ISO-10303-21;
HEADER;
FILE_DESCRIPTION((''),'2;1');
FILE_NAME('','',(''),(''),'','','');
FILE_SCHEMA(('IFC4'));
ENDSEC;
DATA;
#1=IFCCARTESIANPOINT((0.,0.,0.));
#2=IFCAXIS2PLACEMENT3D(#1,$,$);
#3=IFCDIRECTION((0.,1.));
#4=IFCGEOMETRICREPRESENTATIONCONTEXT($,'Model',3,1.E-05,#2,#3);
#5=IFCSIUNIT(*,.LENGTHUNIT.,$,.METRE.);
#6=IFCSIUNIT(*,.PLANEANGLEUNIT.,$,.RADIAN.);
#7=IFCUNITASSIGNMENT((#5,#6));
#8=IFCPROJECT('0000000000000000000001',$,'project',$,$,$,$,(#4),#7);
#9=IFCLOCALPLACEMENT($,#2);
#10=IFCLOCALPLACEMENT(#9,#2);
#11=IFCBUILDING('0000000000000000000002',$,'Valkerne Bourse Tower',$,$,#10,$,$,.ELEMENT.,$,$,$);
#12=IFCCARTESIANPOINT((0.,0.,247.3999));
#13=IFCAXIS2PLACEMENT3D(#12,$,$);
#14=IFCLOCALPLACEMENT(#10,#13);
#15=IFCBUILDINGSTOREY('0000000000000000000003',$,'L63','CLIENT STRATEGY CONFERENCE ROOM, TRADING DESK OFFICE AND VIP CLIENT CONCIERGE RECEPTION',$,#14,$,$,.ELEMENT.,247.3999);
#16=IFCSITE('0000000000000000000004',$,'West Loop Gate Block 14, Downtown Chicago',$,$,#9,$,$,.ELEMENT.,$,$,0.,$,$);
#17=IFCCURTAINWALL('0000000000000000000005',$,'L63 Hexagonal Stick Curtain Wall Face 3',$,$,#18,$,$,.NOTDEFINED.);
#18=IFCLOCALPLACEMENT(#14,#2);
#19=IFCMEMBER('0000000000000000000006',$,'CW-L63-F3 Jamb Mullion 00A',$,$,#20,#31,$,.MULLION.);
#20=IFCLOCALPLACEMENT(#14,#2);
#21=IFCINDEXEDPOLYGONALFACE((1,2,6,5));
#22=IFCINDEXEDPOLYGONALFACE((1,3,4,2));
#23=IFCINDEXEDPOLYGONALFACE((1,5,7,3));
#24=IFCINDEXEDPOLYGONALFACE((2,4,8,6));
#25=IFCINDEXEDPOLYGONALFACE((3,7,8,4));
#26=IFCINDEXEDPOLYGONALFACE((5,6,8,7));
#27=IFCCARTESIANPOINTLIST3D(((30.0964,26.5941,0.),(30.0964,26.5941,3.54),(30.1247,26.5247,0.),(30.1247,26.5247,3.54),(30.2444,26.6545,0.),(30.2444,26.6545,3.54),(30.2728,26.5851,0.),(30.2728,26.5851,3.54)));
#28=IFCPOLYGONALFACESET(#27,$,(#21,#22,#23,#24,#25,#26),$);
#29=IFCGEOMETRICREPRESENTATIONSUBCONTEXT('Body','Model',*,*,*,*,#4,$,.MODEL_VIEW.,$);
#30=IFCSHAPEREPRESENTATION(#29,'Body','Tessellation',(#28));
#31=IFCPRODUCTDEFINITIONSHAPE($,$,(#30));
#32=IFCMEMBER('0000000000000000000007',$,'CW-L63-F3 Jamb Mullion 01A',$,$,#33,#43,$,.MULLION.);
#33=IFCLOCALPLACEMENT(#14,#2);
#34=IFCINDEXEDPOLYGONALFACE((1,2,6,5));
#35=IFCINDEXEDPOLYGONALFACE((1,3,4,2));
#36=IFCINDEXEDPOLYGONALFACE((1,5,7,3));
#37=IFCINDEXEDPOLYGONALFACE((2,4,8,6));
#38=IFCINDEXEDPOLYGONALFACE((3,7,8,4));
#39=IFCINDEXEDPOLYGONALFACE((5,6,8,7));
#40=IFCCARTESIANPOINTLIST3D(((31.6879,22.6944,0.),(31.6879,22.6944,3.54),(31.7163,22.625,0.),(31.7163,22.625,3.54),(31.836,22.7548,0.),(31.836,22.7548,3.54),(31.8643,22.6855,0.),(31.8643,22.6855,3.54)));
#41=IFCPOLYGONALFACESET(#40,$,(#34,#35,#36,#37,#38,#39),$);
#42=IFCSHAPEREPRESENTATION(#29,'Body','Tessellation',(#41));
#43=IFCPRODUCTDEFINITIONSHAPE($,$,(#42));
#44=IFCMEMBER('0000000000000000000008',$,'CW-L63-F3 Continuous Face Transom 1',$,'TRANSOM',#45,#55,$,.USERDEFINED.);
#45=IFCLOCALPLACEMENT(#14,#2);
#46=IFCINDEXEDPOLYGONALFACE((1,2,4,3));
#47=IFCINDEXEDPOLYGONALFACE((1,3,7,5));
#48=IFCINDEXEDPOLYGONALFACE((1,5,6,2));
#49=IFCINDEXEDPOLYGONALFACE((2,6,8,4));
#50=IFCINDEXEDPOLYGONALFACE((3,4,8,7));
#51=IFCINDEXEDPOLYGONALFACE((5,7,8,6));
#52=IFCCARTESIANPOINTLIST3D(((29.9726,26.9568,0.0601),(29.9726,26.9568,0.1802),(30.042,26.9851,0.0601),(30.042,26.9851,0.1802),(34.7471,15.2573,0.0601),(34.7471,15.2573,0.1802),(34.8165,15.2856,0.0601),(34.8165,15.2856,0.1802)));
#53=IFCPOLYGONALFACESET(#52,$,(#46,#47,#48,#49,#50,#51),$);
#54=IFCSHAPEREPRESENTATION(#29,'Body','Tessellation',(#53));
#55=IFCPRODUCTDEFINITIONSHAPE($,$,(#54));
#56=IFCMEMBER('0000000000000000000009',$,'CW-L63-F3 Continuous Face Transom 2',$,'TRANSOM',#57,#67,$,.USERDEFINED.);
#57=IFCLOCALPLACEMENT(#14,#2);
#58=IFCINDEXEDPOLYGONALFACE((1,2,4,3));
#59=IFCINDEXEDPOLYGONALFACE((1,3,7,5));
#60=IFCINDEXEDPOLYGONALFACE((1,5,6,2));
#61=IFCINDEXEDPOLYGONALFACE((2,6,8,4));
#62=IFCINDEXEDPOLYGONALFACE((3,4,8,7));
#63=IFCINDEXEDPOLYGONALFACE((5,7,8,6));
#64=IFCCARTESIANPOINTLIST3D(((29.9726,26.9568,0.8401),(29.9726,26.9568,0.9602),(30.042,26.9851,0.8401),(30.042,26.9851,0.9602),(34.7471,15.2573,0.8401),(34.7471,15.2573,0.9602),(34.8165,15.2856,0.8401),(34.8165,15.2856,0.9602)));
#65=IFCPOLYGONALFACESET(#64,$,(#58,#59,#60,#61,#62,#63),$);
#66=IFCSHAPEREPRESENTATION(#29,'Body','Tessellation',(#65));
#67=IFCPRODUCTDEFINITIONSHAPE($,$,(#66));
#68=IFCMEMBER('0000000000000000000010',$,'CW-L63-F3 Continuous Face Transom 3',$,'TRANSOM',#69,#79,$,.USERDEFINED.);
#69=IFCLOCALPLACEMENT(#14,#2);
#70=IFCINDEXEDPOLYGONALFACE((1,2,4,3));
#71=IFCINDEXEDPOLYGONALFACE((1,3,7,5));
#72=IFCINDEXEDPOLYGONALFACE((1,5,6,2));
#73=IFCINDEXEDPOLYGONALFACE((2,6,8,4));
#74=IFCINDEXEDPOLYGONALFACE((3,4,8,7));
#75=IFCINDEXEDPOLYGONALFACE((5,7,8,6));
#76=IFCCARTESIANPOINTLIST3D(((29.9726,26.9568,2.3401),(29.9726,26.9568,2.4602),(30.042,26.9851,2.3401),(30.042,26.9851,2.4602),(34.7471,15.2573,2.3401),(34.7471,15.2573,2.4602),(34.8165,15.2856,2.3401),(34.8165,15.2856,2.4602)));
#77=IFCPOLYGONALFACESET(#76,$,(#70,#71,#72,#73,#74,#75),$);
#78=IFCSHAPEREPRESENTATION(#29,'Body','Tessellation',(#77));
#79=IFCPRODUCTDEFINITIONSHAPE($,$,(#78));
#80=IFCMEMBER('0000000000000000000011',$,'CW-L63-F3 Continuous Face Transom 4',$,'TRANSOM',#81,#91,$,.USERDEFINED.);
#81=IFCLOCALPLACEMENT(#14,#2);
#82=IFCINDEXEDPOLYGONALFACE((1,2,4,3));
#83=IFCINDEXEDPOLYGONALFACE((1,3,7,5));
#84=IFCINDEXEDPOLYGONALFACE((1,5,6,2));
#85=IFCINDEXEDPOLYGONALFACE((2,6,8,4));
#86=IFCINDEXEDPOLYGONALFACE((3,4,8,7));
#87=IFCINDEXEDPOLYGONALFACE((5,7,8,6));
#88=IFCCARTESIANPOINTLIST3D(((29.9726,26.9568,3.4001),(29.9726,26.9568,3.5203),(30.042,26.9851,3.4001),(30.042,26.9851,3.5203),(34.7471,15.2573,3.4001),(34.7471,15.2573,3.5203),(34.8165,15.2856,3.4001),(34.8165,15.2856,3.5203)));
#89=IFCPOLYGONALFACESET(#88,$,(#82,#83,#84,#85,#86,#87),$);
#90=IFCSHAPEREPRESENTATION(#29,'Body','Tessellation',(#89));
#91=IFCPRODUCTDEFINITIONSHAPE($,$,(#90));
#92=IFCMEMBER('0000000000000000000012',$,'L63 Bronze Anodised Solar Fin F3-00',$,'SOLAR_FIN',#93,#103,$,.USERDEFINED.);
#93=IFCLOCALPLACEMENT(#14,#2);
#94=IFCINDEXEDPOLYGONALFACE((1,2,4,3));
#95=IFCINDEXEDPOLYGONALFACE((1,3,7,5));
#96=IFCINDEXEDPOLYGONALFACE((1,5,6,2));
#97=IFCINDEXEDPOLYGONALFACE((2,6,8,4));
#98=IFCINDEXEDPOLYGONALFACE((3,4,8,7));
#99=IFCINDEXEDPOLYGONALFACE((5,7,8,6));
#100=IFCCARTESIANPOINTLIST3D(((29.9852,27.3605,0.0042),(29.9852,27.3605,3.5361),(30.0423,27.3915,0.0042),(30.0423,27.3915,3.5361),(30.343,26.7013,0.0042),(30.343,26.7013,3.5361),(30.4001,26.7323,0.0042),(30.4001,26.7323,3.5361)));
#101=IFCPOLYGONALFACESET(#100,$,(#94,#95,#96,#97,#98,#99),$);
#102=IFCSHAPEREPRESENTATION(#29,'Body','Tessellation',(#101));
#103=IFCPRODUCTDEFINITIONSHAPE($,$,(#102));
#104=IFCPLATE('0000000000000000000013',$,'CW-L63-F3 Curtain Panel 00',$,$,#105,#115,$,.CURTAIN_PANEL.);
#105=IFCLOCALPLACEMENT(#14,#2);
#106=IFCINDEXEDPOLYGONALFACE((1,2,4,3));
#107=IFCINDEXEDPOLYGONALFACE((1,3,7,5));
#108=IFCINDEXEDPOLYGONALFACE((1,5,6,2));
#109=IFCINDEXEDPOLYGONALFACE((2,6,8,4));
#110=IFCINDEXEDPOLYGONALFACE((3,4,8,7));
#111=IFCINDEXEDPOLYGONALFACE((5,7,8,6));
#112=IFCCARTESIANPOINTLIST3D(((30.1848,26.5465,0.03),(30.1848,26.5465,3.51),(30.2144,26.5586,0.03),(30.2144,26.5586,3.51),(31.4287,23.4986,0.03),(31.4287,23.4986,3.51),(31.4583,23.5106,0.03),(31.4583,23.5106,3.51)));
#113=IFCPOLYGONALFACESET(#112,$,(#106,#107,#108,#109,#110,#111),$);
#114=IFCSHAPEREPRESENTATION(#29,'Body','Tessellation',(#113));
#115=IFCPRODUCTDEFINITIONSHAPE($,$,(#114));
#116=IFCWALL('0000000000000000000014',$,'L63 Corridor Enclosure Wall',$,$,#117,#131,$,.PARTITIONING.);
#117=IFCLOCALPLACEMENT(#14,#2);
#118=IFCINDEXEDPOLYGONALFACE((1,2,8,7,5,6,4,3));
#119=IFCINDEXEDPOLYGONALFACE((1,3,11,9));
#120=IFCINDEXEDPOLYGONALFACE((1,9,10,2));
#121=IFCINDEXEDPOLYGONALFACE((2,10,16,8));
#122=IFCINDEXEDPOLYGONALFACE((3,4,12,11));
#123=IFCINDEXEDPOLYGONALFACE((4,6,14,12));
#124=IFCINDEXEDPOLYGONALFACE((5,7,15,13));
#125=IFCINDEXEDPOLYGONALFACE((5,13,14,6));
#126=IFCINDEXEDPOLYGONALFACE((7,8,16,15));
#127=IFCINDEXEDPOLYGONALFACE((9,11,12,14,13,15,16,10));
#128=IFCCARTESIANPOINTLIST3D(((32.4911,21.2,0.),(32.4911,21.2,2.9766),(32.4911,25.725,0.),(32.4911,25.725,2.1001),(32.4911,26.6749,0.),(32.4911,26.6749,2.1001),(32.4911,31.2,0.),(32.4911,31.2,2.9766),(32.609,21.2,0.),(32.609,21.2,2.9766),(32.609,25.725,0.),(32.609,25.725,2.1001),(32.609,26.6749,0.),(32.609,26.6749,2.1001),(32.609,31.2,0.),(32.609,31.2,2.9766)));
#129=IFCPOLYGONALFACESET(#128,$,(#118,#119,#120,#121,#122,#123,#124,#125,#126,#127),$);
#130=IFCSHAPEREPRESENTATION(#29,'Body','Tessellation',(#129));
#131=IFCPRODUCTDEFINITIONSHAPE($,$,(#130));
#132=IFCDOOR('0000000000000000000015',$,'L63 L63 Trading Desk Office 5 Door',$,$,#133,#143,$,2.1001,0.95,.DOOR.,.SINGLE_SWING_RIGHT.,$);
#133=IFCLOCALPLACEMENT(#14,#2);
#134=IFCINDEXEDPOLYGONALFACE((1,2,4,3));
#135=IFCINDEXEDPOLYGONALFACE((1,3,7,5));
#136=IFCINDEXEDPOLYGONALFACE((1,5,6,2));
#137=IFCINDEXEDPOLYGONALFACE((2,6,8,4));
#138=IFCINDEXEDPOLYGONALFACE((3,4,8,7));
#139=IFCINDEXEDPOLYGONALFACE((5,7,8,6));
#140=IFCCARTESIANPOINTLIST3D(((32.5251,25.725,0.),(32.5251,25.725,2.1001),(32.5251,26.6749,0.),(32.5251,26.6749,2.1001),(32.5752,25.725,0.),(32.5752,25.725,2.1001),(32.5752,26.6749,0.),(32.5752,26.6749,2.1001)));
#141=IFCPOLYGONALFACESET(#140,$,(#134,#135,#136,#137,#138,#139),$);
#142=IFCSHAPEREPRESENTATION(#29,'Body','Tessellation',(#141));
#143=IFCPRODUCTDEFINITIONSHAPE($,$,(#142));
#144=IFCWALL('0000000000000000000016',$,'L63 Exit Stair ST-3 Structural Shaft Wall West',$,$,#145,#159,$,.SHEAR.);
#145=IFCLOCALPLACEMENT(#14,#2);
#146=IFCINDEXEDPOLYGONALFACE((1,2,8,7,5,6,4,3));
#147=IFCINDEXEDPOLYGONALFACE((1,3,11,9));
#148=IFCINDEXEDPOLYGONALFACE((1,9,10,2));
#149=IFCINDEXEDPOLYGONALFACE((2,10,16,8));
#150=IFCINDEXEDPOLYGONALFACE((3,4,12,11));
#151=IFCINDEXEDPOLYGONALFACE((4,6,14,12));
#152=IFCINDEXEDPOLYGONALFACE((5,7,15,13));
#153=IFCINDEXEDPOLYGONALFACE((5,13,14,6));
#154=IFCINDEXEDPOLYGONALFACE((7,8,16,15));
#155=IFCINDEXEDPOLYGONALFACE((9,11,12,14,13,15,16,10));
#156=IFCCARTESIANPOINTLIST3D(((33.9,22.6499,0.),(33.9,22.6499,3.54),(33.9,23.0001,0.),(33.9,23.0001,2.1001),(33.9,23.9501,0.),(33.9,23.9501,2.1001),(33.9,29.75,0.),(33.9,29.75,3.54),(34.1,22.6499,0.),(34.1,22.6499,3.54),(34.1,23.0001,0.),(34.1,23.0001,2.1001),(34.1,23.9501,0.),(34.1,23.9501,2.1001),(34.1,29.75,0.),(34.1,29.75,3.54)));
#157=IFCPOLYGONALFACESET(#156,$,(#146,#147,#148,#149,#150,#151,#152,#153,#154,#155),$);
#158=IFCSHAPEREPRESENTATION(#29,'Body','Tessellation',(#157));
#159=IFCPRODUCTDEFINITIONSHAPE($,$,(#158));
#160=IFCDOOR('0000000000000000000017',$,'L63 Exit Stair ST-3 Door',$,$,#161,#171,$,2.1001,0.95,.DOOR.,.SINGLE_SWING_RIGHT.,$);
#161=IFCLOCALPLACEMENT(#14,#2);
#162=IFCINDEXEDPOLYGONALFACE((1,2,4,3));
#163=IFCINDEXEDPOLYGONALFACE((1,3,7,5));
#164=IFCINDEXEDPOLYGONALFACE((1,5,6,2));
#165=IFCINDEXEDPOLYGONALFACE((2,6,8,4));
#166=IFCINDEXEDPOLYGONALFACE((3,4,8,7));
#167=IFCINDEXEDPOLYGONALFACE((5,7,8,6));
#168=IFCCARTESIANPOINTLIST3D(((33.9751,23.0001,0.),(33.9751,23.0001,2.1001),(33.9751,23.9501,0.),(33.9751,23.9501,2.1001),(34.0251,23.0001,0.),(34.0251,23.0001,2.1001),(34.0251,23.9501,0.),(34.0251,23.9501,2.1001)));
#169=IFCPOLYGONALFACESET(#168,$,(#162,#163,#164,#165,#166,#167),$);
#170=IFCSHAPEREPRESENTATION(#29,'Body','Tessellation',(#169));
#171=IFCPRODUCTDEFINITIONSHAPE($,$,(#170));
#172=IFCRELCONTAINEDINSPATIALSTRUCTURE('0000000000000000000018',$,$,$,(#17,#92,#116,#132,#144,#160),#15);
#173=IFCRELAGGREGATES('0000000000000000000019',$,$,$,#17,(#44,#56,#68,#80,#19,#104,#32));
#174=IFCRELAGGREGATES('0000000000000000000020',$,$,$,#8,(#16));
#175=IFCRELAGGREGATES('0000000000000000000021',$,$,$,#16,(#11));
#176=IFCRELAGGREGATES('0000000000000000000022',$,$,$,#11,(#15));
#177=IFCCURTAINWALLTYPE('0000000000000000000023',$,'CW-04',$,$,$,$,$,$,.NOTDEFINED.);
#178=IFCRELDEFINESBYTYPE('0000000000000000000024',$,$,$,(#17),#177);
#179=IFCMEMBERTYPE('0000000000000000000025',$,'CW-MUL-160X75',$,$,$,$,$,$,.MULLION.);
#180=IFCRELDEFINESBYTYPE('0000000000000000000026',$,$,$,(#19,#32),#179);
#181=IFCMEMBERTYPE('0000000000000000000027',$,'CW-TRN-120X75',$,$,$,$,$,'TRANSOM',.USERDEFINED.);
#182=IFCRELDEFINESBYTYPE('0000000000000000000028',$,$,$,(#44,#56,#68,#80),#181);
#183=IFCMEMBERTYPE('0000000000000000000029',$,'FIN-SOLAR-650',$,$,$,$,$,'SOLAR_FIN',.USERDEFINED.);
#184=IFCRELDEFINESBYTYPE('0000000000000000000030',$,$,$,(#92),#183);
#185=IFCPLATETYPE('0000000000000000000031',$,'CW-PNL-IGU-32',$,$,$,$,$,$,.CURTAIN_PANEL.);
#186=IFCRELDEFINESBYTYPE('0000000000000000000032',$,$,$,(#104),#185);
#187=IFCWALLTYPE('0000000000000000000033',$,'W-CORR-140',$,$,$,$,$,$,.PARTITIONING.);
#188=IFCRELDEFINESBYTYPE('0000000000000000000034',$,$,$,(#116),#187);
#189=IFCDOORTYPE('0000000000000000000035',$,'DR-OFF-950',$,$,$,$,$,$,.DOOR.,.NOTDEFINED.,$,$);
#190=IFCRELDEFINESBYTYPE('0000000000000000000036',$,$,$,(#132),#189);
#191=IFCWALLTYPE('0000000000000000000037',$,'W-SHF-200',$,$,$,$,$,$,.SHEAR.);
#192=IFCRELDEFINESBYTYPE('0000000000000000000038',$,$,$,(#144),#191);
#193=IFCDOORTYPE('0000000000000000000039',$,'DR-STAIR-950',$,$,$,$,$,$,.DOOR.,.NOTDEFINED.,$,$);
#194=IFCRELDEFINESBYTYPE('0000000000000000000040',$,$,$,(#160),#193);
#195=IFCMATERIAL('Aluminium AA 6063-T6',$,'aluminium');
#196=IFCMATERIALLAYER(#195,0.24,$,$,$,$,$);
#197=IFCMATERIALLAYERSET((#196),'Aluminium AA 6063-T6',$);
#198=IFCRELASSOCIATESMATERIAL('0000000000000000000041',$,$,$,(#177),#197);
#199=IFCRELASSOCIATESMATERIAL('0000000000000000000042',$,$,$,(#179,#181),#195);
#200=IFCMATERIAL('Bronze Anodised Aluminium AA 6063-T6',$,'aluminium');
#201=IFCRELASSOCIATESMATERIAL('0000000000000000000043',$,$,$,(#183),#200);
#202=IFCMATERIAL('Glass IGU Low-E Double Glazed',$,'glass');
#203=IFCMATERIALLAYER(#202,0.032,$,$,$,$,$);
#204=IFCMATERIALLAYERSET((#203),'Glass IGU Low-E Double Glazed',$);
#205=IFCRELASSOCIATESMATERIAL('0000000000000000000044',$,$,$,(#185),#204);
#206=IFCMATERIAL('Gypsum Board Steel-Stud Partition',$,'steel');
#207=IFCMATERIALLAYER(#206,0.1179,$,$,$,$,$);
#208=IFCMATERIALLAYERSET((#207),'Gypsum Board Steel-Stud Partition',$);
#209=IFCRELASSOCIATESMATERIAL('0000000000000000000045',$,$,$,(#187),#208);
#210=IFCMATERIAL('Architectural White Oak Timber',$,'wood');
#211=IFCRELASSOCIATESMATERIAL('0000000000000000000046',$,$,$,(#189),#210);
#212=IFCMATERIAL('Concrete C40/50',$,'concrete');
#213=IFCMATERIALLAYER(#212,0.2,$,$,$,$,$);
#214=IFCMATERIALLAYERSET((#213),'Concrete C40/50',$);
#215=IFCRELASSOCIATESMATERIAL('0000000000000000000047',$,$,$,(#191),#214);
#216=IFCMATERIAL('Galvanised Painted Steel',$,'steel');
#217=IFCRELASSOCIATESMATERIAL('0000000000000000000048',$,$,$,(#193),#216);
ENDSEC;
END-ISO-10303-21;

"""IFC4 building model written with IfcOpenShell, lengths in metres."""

from ifc_helpers import new_model, si_unit, direction, frame, frame_2d, origin, origin_2d, place, context, subcontext, project, spatial, rectangle, extrude, material, layer, layer_set, material_profile, profile_set, type_object, element, fill, aggregate, save


model = new_model("IFC4")

# Units and contexts
model_context = context("Model", 3, precision=1e-05, world=origin(), true_north=direction((0.0, 1.0)))
body_context = subcontext(model_context, "Body", "Model", "MODEL_VIEW")
ifc_project = project(units=[si_unit("LENGTHUNIT", "METRE"), si_unit("PLANEANGLEUNIT", "RADIAN")], contexts=[model_context])

# Site, building, storey
site_placement = place(None, origin())
site = spatial("IfcSite", under=ifc_project, at=site_placement, Name="West Loop Gate Block 14, Downtown Chicago", CompositionType="ELEMENT", RefElevation=0.0)
building_placement = place(site_placement, origin())
building = spatial("IfcBuilding", under=site, at=building_placement, Name="Valkerne Bourse Tower", CompositionType="ELEMENT")
storey_placement = place(building_placement, frame((0.0, 0.0, 247.3999)))
storey = spatial("IfcBuildingStorey", under=building, at=storey_placement, Name="L63", Description="CLIENT STRATEGY CONFERENCE ROOM, TRADING DESK OFFICE AND VIP CLIENT CONCIERGE RECEPTION", CompositionType="ELEMENT", Elevation=247.3999)

# Curtain wall, members
ifc_material_1 = material(Name="Aluminium AA 6063-T6", Category="aluminium")
ifc_layer_1 = layer(ifc_material_1, 0.24)
ifc_layer_set_1 = layer_set([ifc_layer_1], Name="Aluminium AA 6063-T6")
curtain_wall_type = type_object("IfcCurtainWallType", Name="CW-04", PredefinedType="NOTDEFINED", material=ifc_layer_set_1)
curtain_wall_placement = place(storey_placement, origin())
curtain_wall = element("IfcCurtainWall", 1, at=curtain_wall_placement, inside=storey, type_object=curtain_wall_type, Name="L63 Hexagonal Stick Curtain Wall Face 3", PredefinedType="NOTDEFINED")
ifc_material_profile_1 = material_profile(ifc_material_1, rectangle(XDim=0.075, YDim=0.1599, at=origin_2d()), Name="CWM-75X160")
ifc_profile_set_1 = profile_set([ifc_material_profile_1], Name="Aluminium AA 6063-T6")
member_type_1 = type_object("IfcMemberType", Name="CW-MUL-160X75", PredefinedType="MULLION", material=ifc_profile_set_1)
member_1_placement = place(storey_placement, frame((30.1846, 26.5896, 0.0), z_axis=(0.0, 0.0, 1.0), x_axis=(0.377853, -0.925865, 0.0)))
member_1 = element("IfcMember", 2, at=member_1_placement, type_object=member_type_1, Name="CW-L63-F3 Jamb Mullion 00A", PredefinedType="MULLION", context=body_context, shape_type="SweptSolid", body=[
    extrude(rectangle(XDim=0.075, YDim=0.1599, at=origin_2d()), origin(), (0.0, 0.0, 1.0), 3.54),
])
member_2_placement = place(storey_placement, frame((31.7761, 22.6899, 0.0), z_axis=(0.0, 0.0, 1.0), x_axis=(0.377845, -0.925869, 0.0)))
member_2 = element("IfcMember", 3, at=member_2_placement, type_object=member_type_1, Name="CW-L63-F3 Jamb Mullion 01A", PredefinedType="MULLION", context=body_context, shape_type="SweptSolid", body=[
    extrude(rectangle(XDim=0.075, YDim=0.1599, at=origin_2d()), origin(), (0.0, 0.0, 1.0), 3.54),
])
ifc_material_profile_2 = material_profile(ifc_material_1, rectangle(XDim=0.075, YDim=0.1201, at=origin_2d()), Name="CWT-75X120")
ifc_profile_set_2 = profile_set([ifc_material_profile_2], Name="Aluminium AA 6063-T6")
member_type_2 = type_object("IfcMemberType", Name="CW-TRN-120X75", ElementType="TRANSOM", PredefinedType="USERDEFINED", material=ifc_profile_set_2)
member_3_placement = place(storey_placement, frame((30.0073, 26.9709, 0.1201), z_axis=(0.377838, -0.925872, 0.0), x_axis=(0.925872, 0.377838, 0.0)))
member_3 = element("IfcMember", 4, at=member_3_placement, type_object=member_type_2, Name="CW-L63-F3 Continuous Face Transom 1", ObjectType="TRANSOM", PredefinedType="USERDEFINED", context=body_context, shape_type="SweptSolid", body=[
    extrude(rectangle(XDim=0.075, YDim=0.1201, at=origin_2d()), origin(), (0.0, 0.0, 1.0), 12.6362),
])
member_4_placement = place(storey_placement, frame((30.0073, 26.9709, 0.9001), z_axis=(0.377838, -0.925872, 0.0), x_axis=(0.925872, 0.377838, 0.0)))
member_4 = element("IfcMember", 5, at=member_4_placement, type_object=member_type_2, Name="CW-L63-F3 Continuous Face Transom 2", ObjectType="TRANSOM", PredefinedType="USERDEFINED", context=body_context, shape_type="SweptSolid", body=[
    extrude(rectangle(XDim=0.075, YDim=0.1201, at=origin_2d()), origin(), (0.0, 0.0, 1.0), 12.6362),
])
member_5_placement = place(storey_placement, frame((30.0073, 26.9709, 2.4001), z_axis=(0.377838, -0.925872, 0.0), x_axis=(0.925872, 0.377838, 0.0)))
member_5 = element("IfcMember", 6, at=member_5_placement, type_object=member_type_2, Name="CW-L63-F3 Continuous Face Transom 3", ObjectType="TRANSOM", PredefinedType="USERDEFINED", context=body_context, shape_type="SweptSolid", body=[
    extrude(rectangle(XDim=0.075, YDim=0.1201, at=origin_2d()), origin(), (0.0, 0.0, 1.0), 12.6362),
])
member_6_placement = place(storey_placement, frame((30.0073, 26.9709, 3.4602), z_axis=(0.377838, -0.925872, 0.0), x_axis=(0.925872, 0.377838, 0.0)))
member_6 = element("IfcMember", 7, at=member_6_placement, type_object=member_type_2, Name="CW-L63-F3 Continuous Face Transom 4", ObjectType="TRANSOM", PredefinedType="USERDEFINED", context=body_context, shape_type="SweptSolid", body=[
    extrude(rectangle(XDim=0.075, YDim=0.1201, at=origin_2d()), origin(), (0.0, 0.0, 1.0), 12.6362),
])

# Member
ifc_material_2 = material(Name="Bronze Anodised Aluminium AA 6063-T6", Category="aluminium")
ifc_material_profile_3 = material_profile(ifc_material_2, rectangle(XDim=0.0649, YDim=0.75, at=origin_2d()), Name="FIN-65X750")
ifc_profile_set_3 = profile_set([ifc_material_profile_3], Name="Bronze Anodised Aluminium AA 6063-T6")
member_type_3 = type_object("IfcMemberType", Name="FIN-SOLAR-650", ElementType="SOLAR_FIN", PredefinedType="USERDEFINED", material=ifc_profile_set_3)
member_7_placement = place(storey_placement, frame((30.1926, 27.0464, 0.0042), z_axis=(0.0, 0.0, 1.0), x_axis=(-0.878889, -0.477027, 0.0)))
element("IfcMember", 8, at=member_7_placement, inside=storey, type_object=member_type_3, Name="L63 Bronze Anodised Solar Fin F3-00", ObjectType="SOLAR_FIN", PredefinedType="USERDEFINED", context=body_context, shape_type="SweptSolid", body=[
    extrude(rectangle(XDim=0.0649, YDim=0.75, at=origin_2d()), origin(), (0.0, 0.0, 1.0), 3.532),
])

# Plate
ifc_material_3 = material(Name="Glass IGU Low-E Double Glazed", Category="glass")
ifc_layer_2 = layer(ifc_material_3, 0.032)
ifc_layer_set_2 = layer_set([ifc_layer_2], Name="Glass IGU Low-E Double Glazed")
plate_type = type_object("IfcPlateType", Name="CW-PNL-IGU-32", PredefinedType="CURTAIN_PANEL", material=ifc_layer_set_2)
plate_placement = place(storey_placement, frame((30.8215, 25.0286, 0.03), z_axis=(0.0, 0.0, 1.0), x_axis=(0.377853, -0.925865, 0.0)))
plate = element("IfcPlate", 9, at=plate_placement, type_object=plate_type, Name="CW-L63-F3 Curtain Panel 00", PredefinedType="CURTAIN_PANEL", context=body_context, shape_type="SweptSolid", body=[
    extrude(rectangle(XDim=3.292, YDim=0.032, at=origin_2d()), origin(), (0.0, 0.0, 1.0), 3.48),
])
aggregate(curtain_wall, [member_3, member_4, member_5, member_6, member_1, plate, member_2])

# Walls, openings, doors
ifc_material_4 = material(Name="Gypsum Board Steel-Stud Partition", Category="steel")
ifc_layer_3 = layer(ifc_material_4, 0.1179)
ifc_layer_set_3 = layer_set([ifc_layer_3], Name="Gypsum Board Steel-Stud Partition")
wall_type_1 = type_object("IfcWallType", Name="W-CORR-140", PredefinedType="PARTITIONING", material=ifc_layer_set_3)
wall_1_placement = place(storey_placement, frame((32.55, 21.2, 0.0), z_axis=(0.0, 0.0, 1.0), x_axis=(0.0, 1.0, 0.0)))
wall_1 = element("IfcWall", 10, at=wall_1_placement, inside=storey, type_object=wall_type_1, Name="L63 Corridor Enclosure Wall", PredefinedType="PARTITIONING", context=body_context, shape_type="SweptSolid", body=[
    extrude(rectangle(XDim=10.0, YDim=0.1179, at=frame_2d((5.0, 0.0))), origin(), (0.0, 0.0, 1.0), 2.9766),
])
opening_1_placement = place(wall_1_placement, frame((4.5249, 0.0, 0.0)))
opening_1 = element("IfcOpeningElement", 11, at=opening_1_placement, cuts=wall_1, PredefinedType="OPENING", context=body_context, shape_type="SweptSolid", body=[
    extrude(rectangle(XDim=0.95, YDim=2.1001, at=frame_2d((0.4751, 1.05))), frame((0.0, 0.0688, 0.0), z_axis=(0.0, -1.0, 0.0), x_axis=(1.0, 0.0, 0.0)), (0.0, 0.0, 1.0), 0.1379),
])
ifc_material_5 = material(Name="Architectural White Oak Timber", Category="wood")
door_type_1 = type_object("IfcDoorType", Name="DR-OFF-950", OperationType="NOTDEFINED", PredefinedType="DOOR", material=ifc_material_5)
door_1_placement = place(opening_1_placement, origin())
door_1 = element("IfcDoor", 12, at=door_1_placement, inside=storey, type_object=door_type_1, Name="L63 L63 Trading Desk Office 5 Door", OperationType="SINGLE_SWING_RIGHT", OverallHeight=2.1001, OverallWidth=0.95, PredefinedType="DOOR", context=body_context, shape_type="SweptSolid", body=[
    extrude(rectangle(XDim=0.95, YDim=2.1001, at=frame_2d((0.4751, 1.05))), frame((0.0, 0.0249, 0.0), z_axis=(0.0, -1.0, 0.0), x_axis=(1.0, 0.0, 0.0)), (0.0, 0.0, 1.0), 0.05),
])
fill(opening_1, door_1)
ifc_material_6 = material(Name="Concrete C40/50", Category="concrete")
ifc_layer_4 = layer(ifc_material_6, 0.2)
ifc_layer_set_4 = layer_set([ifc_layer_4], Name="Concrete C40/50")
wall_type_2 = type_object("IfcWallType", Name="W-SHF-200", PredefinedType="SHEAR", material=ifc_layer_set_4)
wall_2_placement = place(storey_placement, frame((34.0, 22.6499, 0.0), z_axis=(0.0, 0.0, 1.0), x_axis=(0.0, 1.0, 0.0)))
wall_2 = element("IfcWall", 13, at=wall_2_placement, inside=storey, type_object=wall_type_2, Name="L63 Exit Stair ST-3 Structural Shaft Wall West", PredefinedType="SHEAR", context=body_context, shape_type="SweptSolid", body=[
    extrude(rectangle(XDim=7.1001, YDim=0.2, at=frame_2d((3.55, 0.0))), origin(), (0.0, 0.0, 1.0), 3.54),
])
opening_2_placement = place(wall_2_placement, frame((0.3501, 0.0, 0.0)))
opening_2 = element("IfcOpeningElement", 14, at=opening_2_placement, cuts=wall_2, PredefinedType="OPENING", context=body_context, shape_type="SweptSolid", body=[
    extrude(rectangle(XDim=0.95, YDim=2.1001, at=frame_2d((0.4751, 1.05))), frame((0.0, 0.1099, 0.0), z_axis=(0.0, -1.0, 0.0), x_axis=(1.0, 0.0, 0.0)), (0.0, 0.0, 1.0), 0.22),
])
ifc_material_7 = material(Name="Galvanised Painted Steel", Category="steel")
door_type_2 = type_object("IfcDoorType", Name="DR-STAIR-950", OperationType="NOTDEFINED", PredefinedType="DOOR", material=ifc_material_7)
door_2_placement = place(opening_2_placement, origin())
door_2 = element("IfcDoor", 15, at=door_2_placement, inside=storey, type_object=door_type_2, Name="L63 Exit Stair ST-3 Door", OperationType="SINGLE_SWING_RIGHT", OverallHeight=2.1001, OverallWidth=0.95, PredefinedType="DOOR", context=body_context, shape_type="SweptSolid", body=[
    extrude(rectangle(XDim=0.95, YDim=2.1001, at=frame_2d((0.4751, 1.05))), frame((0.0, 0.0249, 0.0), z_axis=(0.0, -1.0, 0.0), x_axis=(1.0, 0.0, 0.0)), (0.0, 0.0, 1.0), 0.05),
])
fill(opening_2, door_2)

save(model, "model.ifc")
